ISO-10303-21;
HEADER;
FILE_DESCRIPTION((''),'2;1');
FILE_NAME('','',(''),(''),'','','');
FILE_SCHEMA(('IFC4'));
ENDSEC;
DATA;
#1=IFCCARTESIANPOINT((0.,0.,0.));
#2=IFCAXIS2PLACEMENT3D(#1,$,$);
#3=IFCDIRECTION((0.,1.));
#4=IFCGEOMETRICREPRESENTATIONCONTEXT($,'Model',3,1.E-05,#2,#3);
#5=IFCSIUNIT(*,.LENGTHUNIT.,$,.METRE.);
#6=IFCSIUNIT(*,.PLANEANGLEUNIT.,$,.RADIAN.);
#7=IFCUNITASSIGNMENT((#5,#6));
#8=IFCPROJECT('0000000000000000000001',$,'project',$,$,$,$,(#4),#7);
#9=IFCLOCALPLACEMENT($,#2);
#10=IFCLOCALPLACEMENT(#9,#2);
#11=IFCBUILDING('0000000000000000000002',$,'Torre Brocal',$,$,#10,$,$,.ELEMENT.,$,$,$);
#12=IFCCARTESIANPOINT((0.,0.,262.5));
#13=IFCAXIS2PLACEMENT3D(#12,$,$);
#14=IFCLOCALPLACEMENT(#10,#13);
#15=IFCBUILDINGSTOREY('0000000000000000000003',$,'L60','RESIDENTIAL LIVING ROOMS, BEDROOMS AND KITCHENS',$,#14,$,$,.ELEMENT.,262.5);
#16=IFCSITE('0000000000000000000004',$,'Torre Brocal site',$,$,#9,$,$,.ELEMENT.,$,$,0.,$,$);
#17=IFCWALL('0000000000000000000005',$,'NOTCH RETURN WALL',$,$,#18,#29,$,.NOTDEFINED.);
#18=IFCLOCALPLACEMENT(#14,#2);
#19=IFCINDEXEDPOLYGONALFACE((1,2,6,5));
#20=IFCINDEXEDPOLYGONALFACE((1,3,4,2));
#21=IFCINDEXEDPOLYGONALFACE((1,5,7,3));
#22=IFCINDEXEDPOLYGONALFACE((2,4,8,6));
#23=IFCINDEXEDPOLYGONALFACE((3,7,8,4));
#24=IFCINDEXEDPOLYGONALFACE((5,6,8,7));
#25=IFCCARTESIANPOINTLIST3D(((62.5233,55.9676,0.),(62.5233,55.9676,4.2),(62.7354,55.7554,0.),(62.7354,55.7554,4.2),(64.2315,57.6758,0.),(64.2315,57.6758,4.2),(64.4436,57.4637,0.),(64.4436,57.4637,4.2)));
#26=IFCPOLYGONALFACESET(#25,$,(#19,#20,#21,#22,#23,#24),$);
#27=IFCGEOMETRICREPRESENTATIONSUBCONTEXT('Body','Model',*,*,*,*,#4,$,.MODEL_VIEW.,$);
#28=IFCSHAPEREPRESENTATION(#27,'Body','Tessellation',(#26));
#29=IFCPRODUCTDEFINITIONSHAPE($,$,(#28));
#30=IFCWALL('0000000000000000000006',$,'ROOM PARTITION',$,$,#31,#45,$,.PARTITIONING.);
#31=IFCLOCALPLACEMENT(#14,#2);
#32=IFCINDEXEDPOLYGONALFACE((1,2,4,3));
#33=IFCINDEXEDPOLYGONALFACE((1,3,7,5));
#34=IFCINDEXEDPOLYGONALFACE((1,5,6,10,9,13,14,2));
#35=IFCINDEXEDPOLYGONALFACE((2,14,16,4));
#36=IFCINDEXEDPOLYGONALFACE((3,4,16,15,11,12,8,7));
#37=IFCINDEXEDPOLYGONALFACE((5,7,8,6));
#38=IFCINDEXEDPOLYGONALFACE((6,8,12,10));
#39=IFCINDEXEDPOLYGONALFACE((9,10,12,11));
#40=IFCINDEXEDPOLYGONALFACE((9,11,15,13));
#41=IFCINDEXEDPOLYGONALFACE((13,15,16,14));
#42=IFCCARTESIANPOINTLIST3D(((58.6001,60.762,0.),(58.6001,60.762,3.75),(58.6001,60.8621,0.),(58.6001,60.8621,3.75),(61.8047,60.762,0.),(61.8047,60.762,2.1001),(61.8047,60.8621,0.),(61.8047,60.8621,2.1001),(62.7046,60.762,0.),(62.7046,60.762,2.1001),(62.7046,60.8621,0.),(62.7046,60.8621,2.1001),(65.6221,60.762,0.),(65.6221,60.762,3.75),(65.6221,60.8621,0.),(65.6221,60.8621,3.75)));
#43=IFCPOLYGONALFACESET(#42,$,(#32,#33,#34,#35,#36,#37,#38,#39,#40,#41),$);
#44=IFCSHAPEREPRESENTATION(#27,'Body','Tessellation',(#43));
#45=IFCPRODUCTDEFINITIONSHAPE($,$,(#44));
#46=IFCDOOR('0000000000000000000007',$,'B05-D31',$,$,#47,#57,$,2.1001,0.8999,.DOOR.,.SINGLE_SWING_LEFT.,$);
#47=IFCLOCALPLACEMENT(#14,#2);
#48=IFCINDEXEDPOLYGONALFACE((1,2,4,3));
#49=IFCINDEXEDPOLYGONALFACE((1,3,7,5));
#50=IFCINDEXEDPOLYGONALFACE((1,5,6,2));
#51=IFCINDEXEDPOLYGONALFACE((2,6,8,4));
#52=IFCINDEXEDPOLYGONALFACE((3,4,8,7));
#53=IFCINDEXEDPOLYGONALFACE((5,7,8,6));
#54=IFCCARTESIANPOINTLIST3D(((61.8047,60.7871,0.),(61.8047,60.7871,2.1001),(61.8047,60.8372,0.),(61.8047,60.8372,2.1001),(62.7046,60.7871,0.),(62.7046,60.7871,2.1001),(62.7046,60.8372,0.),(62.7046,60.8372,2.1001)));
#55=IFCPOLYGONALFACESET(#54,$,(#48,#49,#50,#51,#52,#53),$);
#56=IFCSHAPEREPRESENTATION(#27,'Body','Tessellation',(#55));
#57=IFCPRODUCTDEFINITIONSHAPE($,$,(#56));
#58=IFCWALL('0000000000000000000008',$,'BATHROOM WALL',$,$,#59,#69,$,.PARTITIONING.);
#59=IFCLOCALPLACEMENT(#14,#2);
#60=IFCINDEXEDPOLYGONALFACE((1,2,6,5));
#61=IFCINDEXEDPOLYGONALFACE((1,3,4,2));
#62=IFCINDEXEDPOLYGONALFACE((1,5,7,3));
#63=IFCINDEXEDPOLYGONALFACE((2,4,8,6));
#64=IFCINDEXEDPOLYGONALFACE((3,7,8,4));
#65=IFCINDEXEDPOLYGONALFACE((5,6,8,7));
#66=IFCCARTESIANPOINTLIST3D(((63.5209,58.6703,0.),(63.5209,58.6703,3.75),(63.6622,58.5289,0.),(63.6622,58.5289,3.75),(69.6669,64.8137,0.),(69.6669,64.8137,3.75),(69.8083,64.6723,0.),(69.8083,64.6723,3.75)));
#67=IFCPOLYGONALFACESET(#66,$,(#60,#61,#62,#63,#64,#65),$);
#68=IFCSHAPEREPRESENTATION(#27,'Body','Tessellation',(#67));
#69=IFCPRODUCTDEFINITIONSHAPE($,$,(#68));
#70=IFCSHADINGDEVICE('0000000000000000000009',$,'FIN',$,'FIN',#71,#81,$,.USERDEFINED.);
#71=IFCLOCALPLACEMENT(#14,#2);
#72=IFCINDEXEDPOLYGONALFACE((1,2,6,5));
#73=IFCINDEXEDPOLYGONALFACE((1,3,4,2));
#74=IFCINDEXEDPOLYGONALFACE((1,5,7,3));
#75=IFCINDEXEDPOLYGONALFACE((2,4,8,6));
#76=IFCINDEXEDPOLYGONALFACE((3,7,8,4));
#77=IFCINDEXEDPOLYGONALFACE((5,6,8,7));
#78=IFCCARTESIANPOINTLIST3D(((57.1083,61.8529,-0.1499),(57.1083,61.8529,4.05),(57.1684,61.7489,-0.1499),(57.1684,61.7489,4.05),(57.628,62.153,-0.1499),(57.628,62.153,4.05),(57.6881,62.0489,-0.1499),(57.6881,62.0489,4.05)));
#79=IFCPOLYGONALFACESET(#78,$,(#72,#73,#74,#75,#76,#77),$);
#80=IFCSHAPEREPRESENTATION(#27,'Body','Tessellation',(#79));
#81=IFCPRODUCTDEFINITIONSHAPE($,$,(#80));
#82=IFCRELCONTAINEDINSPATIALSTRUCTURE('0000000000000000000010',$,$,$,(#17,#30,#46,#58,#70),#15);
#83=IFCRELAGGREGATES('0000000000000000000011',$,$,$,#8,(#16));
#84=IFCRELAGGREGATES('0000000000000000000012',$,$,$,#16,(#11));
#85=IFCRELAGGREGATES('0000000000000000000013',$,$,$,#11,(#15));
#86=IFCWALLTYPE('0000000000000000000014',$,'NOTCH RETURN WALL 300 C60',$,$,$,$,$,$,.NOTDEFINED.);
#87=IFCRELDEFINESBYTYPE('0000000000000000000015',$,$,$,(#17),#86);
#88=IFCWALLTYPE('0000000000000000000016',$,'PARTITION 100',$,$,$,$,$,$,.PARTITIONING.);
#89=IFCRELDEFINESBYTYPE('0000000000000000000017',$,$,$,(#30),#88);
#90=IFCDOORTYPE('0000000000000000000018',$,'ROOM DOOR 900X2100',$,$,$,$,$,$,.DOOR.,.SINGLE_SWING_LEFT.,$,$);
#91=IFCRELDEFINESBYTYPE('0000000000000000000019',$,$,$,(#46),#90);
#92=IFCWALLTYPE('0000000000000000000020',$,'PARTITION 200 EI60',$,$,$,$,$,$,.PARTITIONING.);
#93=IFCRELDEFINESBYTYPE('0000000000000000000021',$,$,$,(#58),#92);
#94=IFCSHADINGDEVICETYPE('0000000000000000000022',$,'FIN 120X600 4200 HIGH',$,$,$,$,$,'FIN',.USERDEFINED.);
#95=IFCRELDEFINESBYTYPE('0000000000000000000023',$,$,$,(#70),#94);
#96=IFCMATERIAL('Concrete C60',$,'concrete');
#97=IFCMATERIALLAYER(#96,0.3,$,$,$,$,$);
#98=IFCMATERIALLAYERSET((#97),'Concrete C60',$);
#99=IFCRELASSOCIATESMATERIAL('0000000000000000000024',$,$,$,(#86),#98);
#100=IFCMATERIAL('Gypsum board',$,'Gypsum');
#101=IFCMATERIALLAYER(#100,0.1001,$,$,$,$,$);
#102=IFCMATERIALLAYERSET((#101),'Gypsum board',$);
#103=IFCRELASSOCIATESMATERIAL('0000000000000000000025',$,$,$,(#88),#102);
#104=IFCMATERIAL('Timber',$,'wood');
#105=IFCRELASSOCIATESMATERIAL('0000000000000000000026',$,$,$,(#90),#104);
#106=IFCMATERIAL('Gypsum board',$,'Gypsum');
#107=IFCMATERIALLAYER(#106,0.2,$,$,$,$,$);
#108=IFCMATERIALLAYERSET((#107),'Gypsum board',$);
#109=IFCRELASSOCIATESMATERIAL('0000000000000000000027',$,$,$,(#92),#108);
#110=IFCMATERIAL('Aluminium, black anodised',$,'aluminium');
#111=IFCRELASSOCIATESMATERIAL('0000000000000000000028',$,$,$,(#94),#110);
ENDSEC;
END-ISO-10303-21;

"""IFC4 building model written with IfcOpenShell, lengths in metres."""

from ifc_helpers import new_model, si_unit, direction, frame, frame_2d, origin, origin_2d, place, context, subcontext, project, spatial, rectangle, extrude, material, layer, layer_set, material_profile, profile_set, type_object, element, fill, save


model = new_model("IFC4")

# Units and contexts
model_context = context("Model", 3, precision=1e-05, world=origin(), true_north=direction((0.0, 1.0)))
body_context = subcontext(model_context, "Body", "Model", "MODEL_VIEW")
ifc_project = project(units=[si_unit("LENGTHUNIT", "METRE"), si_unit("PLANEANGLEUNIT", "RADIAN")], contexts=[model_context])

# Site, building, storey
site_placement = place(None, origin())
site = spatial("IfcSite", under=ifc_project, at=site_placement, Name="Torre Brocal site", CompositionType="ELEMENT", RefElevation=0.0)
building_placement = place(site_placement, origin())
building = spatial("IfcBuilding", under=site, at=building_placement, Name="Torre Brocal", CompositionType="ELEMENT")
storey_placement = place(building_placement, frame((0.0, 0.0, 262.5)))
storey = spatial("IfcBuildingStorey", under=building, at=storey_placement, Name="L60", Description="RESIDENTIAL LIVING ROOMS, BEDROOMS AND KITCHENS", CompositionType="ELEMENT", Elevation=262.5)

# Wall
ifc_material_1 = material(Name="Concrete C60", Category="concrete")
ifc_layer_1 = layer(ifc_material_1, 0.3)
ifc_layer_set_1 = layer_set([ifc_layer_1], Name="Concrete C60")
wall_type_1 = type_object("IfcWallType", Name="NOTCH RETURN WALL 300 C60", PredefinedType="NOTDEFINED", material=ifc_layer_set_1)
for number, where, z_axis, x_axis, name in (
    (1, (64.3376, 57.5698, 0.0), (0.0, 0.0, 1.0), (-0.707107, -0.707107, 0.0), "NOTCH RETURN WALL"),
):
    element("IfcWall", number, at=place(storey_placement, frame(where, z_axis=z_axis, x_axis=x_axis)), inside=storey, type_object=wall_type_1, Name=name, PredefinedType="NOTDEFINED", context=body_context, shape_type="SweptSolid", body=[
        extrude(rectangle(XDim=2.4158, YDim=0.3, at=frame_2d((1.208, 0.0))), origin(), (0.0, 0.0, 1.0), 4.2),
    ])

# Wall, opening, door
ifc_material_2 = material(Name="Gypsum board", Category="Gypsum")
ifc_layer_2 = layer(ifc_material_2, 0.1001)
ifc_layer_set_2 = layer_set([ifc_layer_2], Name="Gypsum board")
wall_type_2 = type_object("IfcWallType", Name="PARTITION 100", PredefinedType="PARTITIONING", material=ifc_layer_set_2)
wall_1_placement = place(storey_placement, frame((58.6001, 60.812, 0.0), z_axis=(0.0, 0.0, 1.0), x_axis=(1.0, 0.0, 0.0)))
wall_1 = element("IfcWall", 2, at=wall_1_placement, inside=storey, type_object=wall_type_2, Name="ROOM PARTITION", PredefinedType="PARTITIONING", context=body_context, shape_type="SweptSolid", body=[
    extrude(rectangle(XDim=7.022, YDim=0.1001, at=frame_2d((3.511, 0.0))), origin(), (0.0, 0.0, 1.0), 3.75),
])
opening_placement = place(wall_1_placement, frame((3.2046, 0.0, 0.0)))
opening = element("IfcOpeningElement", 3, at=opening_placement, cuts=wall_1, PredefinedType="OPENING", context=body_context, shape_type="SweptSolid", body=[
    extrude(rectangle(XDim=0.8999, YDim=2.1001, at=frame_2d((0.45, 1.05))), frame((0.0, 0.0601, 0.0), z_axis=(0.0, -1.0, 0.0), x_axis=(1.0, 0.0, 0.0)), (0.0, 0.0, 1.0), 0.1201),
])
ifc_material_3 = material(Name="Timber", Category="wood")
door_type = type_object("IfcDoorType", Name="ROOM DOOR 900X2100", OperationType="SINGLE_SWING_LEFT", PredefinedType="DOOR", material=ifc_material_3)
door_placement = place(opening_placement, frame((0.8999, 0.0, 0.0), z_axis=(0.0, 0.0, 1.0), x_axis=(-1.0, 0.0, 0.0)))
door = element("IfcDoor", 4, at=door_placement, inside=storey, type_object=door_type, Name="B05-D31", OperationType="SINGLE_SWING_LEFT", OverallHeight=2.1001, OverallWidth=0.8999, PredefinedType="DOOR", context=body_context, shape_type="SweptSolid", body=[
    extrude(rectangle(XDim=0.8999, YDim=2.1001, at=frame_2d((0.45, 1.05))), frame((0.0, 0.0249, 0.0), z_axis=(0.0, -1.0, 0.0), x_axis=(1.0, 0.0, 0.0)), (0.0, 0.0, 1.0), 0.05),
])
fill(opening, door)

# Wall
ifc_material_4 = material(Name="Gypsum board", Category="Gypsum")
ifc_layer_3 = layer(ifc_material_4, 0.2)
ifc_layer_set_3 = layer_set([ifc_layer_3], Name="Gypsum board")
wall_type_3 = type_object("IfcWallType", Name="PARTITION 200 EI60", PredefinedType="PARTITIONING", material=ifc_layer_set_3)
wall_2_placement = place(storey_placement, frame((63.5916, 58.5996, 0.0), z_axis=(0.0, 0.0, 1.0), x_axis=(0.707261, 0.706952, 0.0)))
element("IfcWall", 5, at=wall_2_placement, inside=storey, type_object=wall_type_3, Name="BATHROOM WALL", PredefinedType="PARTITIONING", context=body_context, shape_type="SweptSolid", body=[
    extrude(rectangle(XDim=8.6899, YDim=0.2, at=frame_2d((4.345, 0.0))), origin(), (0.0, 0.0, 1.0), 3.75),
])

# Shading device
ifc_material_5 = material(Name="Aluminium, black anodised", Category="aluminium")
ifc_material_profile_1 = material_profile(ifc_material_5, rectangle(XDim=0.1201, YDim=0.6001, at=origin_2d()), Name="FIN 120X600 4200 HIGH")
ifc_profile_set_1 = profile_set([ifc_material_profile_1], Name="Aluminium, black anodised")
shading_device_type = type_object("IfcShadingDeviceType", Name="FIN 120X600 4200 HIGH", ElementType="FIN", PredefinedType="USERDEFINED", material=ifc_profile_set_1)
shading_device_placement = place(storey_placement, frame((57.3982, 61.9509, -0.1499), z_axis=(0.0, 0.0, 1.0), x_axis=(0.5, -0.866025, 0.0)))
element("IfcShadingDevice", 6, at=shading_device_placement, inside=storey, type_object=shading_device_type, Name="FIN", ObjectType="FIN", PredefinedType="USERDEFINED", context=body_context, shape_type="SweptSolid", body=[
    extrude(rectangle(XDim=0.1201, YDim=0.6001, at=origin_2d()), origin(), (0.0, 0.0, 1.0), 4.2),
])

save(model, "model.ifc")
